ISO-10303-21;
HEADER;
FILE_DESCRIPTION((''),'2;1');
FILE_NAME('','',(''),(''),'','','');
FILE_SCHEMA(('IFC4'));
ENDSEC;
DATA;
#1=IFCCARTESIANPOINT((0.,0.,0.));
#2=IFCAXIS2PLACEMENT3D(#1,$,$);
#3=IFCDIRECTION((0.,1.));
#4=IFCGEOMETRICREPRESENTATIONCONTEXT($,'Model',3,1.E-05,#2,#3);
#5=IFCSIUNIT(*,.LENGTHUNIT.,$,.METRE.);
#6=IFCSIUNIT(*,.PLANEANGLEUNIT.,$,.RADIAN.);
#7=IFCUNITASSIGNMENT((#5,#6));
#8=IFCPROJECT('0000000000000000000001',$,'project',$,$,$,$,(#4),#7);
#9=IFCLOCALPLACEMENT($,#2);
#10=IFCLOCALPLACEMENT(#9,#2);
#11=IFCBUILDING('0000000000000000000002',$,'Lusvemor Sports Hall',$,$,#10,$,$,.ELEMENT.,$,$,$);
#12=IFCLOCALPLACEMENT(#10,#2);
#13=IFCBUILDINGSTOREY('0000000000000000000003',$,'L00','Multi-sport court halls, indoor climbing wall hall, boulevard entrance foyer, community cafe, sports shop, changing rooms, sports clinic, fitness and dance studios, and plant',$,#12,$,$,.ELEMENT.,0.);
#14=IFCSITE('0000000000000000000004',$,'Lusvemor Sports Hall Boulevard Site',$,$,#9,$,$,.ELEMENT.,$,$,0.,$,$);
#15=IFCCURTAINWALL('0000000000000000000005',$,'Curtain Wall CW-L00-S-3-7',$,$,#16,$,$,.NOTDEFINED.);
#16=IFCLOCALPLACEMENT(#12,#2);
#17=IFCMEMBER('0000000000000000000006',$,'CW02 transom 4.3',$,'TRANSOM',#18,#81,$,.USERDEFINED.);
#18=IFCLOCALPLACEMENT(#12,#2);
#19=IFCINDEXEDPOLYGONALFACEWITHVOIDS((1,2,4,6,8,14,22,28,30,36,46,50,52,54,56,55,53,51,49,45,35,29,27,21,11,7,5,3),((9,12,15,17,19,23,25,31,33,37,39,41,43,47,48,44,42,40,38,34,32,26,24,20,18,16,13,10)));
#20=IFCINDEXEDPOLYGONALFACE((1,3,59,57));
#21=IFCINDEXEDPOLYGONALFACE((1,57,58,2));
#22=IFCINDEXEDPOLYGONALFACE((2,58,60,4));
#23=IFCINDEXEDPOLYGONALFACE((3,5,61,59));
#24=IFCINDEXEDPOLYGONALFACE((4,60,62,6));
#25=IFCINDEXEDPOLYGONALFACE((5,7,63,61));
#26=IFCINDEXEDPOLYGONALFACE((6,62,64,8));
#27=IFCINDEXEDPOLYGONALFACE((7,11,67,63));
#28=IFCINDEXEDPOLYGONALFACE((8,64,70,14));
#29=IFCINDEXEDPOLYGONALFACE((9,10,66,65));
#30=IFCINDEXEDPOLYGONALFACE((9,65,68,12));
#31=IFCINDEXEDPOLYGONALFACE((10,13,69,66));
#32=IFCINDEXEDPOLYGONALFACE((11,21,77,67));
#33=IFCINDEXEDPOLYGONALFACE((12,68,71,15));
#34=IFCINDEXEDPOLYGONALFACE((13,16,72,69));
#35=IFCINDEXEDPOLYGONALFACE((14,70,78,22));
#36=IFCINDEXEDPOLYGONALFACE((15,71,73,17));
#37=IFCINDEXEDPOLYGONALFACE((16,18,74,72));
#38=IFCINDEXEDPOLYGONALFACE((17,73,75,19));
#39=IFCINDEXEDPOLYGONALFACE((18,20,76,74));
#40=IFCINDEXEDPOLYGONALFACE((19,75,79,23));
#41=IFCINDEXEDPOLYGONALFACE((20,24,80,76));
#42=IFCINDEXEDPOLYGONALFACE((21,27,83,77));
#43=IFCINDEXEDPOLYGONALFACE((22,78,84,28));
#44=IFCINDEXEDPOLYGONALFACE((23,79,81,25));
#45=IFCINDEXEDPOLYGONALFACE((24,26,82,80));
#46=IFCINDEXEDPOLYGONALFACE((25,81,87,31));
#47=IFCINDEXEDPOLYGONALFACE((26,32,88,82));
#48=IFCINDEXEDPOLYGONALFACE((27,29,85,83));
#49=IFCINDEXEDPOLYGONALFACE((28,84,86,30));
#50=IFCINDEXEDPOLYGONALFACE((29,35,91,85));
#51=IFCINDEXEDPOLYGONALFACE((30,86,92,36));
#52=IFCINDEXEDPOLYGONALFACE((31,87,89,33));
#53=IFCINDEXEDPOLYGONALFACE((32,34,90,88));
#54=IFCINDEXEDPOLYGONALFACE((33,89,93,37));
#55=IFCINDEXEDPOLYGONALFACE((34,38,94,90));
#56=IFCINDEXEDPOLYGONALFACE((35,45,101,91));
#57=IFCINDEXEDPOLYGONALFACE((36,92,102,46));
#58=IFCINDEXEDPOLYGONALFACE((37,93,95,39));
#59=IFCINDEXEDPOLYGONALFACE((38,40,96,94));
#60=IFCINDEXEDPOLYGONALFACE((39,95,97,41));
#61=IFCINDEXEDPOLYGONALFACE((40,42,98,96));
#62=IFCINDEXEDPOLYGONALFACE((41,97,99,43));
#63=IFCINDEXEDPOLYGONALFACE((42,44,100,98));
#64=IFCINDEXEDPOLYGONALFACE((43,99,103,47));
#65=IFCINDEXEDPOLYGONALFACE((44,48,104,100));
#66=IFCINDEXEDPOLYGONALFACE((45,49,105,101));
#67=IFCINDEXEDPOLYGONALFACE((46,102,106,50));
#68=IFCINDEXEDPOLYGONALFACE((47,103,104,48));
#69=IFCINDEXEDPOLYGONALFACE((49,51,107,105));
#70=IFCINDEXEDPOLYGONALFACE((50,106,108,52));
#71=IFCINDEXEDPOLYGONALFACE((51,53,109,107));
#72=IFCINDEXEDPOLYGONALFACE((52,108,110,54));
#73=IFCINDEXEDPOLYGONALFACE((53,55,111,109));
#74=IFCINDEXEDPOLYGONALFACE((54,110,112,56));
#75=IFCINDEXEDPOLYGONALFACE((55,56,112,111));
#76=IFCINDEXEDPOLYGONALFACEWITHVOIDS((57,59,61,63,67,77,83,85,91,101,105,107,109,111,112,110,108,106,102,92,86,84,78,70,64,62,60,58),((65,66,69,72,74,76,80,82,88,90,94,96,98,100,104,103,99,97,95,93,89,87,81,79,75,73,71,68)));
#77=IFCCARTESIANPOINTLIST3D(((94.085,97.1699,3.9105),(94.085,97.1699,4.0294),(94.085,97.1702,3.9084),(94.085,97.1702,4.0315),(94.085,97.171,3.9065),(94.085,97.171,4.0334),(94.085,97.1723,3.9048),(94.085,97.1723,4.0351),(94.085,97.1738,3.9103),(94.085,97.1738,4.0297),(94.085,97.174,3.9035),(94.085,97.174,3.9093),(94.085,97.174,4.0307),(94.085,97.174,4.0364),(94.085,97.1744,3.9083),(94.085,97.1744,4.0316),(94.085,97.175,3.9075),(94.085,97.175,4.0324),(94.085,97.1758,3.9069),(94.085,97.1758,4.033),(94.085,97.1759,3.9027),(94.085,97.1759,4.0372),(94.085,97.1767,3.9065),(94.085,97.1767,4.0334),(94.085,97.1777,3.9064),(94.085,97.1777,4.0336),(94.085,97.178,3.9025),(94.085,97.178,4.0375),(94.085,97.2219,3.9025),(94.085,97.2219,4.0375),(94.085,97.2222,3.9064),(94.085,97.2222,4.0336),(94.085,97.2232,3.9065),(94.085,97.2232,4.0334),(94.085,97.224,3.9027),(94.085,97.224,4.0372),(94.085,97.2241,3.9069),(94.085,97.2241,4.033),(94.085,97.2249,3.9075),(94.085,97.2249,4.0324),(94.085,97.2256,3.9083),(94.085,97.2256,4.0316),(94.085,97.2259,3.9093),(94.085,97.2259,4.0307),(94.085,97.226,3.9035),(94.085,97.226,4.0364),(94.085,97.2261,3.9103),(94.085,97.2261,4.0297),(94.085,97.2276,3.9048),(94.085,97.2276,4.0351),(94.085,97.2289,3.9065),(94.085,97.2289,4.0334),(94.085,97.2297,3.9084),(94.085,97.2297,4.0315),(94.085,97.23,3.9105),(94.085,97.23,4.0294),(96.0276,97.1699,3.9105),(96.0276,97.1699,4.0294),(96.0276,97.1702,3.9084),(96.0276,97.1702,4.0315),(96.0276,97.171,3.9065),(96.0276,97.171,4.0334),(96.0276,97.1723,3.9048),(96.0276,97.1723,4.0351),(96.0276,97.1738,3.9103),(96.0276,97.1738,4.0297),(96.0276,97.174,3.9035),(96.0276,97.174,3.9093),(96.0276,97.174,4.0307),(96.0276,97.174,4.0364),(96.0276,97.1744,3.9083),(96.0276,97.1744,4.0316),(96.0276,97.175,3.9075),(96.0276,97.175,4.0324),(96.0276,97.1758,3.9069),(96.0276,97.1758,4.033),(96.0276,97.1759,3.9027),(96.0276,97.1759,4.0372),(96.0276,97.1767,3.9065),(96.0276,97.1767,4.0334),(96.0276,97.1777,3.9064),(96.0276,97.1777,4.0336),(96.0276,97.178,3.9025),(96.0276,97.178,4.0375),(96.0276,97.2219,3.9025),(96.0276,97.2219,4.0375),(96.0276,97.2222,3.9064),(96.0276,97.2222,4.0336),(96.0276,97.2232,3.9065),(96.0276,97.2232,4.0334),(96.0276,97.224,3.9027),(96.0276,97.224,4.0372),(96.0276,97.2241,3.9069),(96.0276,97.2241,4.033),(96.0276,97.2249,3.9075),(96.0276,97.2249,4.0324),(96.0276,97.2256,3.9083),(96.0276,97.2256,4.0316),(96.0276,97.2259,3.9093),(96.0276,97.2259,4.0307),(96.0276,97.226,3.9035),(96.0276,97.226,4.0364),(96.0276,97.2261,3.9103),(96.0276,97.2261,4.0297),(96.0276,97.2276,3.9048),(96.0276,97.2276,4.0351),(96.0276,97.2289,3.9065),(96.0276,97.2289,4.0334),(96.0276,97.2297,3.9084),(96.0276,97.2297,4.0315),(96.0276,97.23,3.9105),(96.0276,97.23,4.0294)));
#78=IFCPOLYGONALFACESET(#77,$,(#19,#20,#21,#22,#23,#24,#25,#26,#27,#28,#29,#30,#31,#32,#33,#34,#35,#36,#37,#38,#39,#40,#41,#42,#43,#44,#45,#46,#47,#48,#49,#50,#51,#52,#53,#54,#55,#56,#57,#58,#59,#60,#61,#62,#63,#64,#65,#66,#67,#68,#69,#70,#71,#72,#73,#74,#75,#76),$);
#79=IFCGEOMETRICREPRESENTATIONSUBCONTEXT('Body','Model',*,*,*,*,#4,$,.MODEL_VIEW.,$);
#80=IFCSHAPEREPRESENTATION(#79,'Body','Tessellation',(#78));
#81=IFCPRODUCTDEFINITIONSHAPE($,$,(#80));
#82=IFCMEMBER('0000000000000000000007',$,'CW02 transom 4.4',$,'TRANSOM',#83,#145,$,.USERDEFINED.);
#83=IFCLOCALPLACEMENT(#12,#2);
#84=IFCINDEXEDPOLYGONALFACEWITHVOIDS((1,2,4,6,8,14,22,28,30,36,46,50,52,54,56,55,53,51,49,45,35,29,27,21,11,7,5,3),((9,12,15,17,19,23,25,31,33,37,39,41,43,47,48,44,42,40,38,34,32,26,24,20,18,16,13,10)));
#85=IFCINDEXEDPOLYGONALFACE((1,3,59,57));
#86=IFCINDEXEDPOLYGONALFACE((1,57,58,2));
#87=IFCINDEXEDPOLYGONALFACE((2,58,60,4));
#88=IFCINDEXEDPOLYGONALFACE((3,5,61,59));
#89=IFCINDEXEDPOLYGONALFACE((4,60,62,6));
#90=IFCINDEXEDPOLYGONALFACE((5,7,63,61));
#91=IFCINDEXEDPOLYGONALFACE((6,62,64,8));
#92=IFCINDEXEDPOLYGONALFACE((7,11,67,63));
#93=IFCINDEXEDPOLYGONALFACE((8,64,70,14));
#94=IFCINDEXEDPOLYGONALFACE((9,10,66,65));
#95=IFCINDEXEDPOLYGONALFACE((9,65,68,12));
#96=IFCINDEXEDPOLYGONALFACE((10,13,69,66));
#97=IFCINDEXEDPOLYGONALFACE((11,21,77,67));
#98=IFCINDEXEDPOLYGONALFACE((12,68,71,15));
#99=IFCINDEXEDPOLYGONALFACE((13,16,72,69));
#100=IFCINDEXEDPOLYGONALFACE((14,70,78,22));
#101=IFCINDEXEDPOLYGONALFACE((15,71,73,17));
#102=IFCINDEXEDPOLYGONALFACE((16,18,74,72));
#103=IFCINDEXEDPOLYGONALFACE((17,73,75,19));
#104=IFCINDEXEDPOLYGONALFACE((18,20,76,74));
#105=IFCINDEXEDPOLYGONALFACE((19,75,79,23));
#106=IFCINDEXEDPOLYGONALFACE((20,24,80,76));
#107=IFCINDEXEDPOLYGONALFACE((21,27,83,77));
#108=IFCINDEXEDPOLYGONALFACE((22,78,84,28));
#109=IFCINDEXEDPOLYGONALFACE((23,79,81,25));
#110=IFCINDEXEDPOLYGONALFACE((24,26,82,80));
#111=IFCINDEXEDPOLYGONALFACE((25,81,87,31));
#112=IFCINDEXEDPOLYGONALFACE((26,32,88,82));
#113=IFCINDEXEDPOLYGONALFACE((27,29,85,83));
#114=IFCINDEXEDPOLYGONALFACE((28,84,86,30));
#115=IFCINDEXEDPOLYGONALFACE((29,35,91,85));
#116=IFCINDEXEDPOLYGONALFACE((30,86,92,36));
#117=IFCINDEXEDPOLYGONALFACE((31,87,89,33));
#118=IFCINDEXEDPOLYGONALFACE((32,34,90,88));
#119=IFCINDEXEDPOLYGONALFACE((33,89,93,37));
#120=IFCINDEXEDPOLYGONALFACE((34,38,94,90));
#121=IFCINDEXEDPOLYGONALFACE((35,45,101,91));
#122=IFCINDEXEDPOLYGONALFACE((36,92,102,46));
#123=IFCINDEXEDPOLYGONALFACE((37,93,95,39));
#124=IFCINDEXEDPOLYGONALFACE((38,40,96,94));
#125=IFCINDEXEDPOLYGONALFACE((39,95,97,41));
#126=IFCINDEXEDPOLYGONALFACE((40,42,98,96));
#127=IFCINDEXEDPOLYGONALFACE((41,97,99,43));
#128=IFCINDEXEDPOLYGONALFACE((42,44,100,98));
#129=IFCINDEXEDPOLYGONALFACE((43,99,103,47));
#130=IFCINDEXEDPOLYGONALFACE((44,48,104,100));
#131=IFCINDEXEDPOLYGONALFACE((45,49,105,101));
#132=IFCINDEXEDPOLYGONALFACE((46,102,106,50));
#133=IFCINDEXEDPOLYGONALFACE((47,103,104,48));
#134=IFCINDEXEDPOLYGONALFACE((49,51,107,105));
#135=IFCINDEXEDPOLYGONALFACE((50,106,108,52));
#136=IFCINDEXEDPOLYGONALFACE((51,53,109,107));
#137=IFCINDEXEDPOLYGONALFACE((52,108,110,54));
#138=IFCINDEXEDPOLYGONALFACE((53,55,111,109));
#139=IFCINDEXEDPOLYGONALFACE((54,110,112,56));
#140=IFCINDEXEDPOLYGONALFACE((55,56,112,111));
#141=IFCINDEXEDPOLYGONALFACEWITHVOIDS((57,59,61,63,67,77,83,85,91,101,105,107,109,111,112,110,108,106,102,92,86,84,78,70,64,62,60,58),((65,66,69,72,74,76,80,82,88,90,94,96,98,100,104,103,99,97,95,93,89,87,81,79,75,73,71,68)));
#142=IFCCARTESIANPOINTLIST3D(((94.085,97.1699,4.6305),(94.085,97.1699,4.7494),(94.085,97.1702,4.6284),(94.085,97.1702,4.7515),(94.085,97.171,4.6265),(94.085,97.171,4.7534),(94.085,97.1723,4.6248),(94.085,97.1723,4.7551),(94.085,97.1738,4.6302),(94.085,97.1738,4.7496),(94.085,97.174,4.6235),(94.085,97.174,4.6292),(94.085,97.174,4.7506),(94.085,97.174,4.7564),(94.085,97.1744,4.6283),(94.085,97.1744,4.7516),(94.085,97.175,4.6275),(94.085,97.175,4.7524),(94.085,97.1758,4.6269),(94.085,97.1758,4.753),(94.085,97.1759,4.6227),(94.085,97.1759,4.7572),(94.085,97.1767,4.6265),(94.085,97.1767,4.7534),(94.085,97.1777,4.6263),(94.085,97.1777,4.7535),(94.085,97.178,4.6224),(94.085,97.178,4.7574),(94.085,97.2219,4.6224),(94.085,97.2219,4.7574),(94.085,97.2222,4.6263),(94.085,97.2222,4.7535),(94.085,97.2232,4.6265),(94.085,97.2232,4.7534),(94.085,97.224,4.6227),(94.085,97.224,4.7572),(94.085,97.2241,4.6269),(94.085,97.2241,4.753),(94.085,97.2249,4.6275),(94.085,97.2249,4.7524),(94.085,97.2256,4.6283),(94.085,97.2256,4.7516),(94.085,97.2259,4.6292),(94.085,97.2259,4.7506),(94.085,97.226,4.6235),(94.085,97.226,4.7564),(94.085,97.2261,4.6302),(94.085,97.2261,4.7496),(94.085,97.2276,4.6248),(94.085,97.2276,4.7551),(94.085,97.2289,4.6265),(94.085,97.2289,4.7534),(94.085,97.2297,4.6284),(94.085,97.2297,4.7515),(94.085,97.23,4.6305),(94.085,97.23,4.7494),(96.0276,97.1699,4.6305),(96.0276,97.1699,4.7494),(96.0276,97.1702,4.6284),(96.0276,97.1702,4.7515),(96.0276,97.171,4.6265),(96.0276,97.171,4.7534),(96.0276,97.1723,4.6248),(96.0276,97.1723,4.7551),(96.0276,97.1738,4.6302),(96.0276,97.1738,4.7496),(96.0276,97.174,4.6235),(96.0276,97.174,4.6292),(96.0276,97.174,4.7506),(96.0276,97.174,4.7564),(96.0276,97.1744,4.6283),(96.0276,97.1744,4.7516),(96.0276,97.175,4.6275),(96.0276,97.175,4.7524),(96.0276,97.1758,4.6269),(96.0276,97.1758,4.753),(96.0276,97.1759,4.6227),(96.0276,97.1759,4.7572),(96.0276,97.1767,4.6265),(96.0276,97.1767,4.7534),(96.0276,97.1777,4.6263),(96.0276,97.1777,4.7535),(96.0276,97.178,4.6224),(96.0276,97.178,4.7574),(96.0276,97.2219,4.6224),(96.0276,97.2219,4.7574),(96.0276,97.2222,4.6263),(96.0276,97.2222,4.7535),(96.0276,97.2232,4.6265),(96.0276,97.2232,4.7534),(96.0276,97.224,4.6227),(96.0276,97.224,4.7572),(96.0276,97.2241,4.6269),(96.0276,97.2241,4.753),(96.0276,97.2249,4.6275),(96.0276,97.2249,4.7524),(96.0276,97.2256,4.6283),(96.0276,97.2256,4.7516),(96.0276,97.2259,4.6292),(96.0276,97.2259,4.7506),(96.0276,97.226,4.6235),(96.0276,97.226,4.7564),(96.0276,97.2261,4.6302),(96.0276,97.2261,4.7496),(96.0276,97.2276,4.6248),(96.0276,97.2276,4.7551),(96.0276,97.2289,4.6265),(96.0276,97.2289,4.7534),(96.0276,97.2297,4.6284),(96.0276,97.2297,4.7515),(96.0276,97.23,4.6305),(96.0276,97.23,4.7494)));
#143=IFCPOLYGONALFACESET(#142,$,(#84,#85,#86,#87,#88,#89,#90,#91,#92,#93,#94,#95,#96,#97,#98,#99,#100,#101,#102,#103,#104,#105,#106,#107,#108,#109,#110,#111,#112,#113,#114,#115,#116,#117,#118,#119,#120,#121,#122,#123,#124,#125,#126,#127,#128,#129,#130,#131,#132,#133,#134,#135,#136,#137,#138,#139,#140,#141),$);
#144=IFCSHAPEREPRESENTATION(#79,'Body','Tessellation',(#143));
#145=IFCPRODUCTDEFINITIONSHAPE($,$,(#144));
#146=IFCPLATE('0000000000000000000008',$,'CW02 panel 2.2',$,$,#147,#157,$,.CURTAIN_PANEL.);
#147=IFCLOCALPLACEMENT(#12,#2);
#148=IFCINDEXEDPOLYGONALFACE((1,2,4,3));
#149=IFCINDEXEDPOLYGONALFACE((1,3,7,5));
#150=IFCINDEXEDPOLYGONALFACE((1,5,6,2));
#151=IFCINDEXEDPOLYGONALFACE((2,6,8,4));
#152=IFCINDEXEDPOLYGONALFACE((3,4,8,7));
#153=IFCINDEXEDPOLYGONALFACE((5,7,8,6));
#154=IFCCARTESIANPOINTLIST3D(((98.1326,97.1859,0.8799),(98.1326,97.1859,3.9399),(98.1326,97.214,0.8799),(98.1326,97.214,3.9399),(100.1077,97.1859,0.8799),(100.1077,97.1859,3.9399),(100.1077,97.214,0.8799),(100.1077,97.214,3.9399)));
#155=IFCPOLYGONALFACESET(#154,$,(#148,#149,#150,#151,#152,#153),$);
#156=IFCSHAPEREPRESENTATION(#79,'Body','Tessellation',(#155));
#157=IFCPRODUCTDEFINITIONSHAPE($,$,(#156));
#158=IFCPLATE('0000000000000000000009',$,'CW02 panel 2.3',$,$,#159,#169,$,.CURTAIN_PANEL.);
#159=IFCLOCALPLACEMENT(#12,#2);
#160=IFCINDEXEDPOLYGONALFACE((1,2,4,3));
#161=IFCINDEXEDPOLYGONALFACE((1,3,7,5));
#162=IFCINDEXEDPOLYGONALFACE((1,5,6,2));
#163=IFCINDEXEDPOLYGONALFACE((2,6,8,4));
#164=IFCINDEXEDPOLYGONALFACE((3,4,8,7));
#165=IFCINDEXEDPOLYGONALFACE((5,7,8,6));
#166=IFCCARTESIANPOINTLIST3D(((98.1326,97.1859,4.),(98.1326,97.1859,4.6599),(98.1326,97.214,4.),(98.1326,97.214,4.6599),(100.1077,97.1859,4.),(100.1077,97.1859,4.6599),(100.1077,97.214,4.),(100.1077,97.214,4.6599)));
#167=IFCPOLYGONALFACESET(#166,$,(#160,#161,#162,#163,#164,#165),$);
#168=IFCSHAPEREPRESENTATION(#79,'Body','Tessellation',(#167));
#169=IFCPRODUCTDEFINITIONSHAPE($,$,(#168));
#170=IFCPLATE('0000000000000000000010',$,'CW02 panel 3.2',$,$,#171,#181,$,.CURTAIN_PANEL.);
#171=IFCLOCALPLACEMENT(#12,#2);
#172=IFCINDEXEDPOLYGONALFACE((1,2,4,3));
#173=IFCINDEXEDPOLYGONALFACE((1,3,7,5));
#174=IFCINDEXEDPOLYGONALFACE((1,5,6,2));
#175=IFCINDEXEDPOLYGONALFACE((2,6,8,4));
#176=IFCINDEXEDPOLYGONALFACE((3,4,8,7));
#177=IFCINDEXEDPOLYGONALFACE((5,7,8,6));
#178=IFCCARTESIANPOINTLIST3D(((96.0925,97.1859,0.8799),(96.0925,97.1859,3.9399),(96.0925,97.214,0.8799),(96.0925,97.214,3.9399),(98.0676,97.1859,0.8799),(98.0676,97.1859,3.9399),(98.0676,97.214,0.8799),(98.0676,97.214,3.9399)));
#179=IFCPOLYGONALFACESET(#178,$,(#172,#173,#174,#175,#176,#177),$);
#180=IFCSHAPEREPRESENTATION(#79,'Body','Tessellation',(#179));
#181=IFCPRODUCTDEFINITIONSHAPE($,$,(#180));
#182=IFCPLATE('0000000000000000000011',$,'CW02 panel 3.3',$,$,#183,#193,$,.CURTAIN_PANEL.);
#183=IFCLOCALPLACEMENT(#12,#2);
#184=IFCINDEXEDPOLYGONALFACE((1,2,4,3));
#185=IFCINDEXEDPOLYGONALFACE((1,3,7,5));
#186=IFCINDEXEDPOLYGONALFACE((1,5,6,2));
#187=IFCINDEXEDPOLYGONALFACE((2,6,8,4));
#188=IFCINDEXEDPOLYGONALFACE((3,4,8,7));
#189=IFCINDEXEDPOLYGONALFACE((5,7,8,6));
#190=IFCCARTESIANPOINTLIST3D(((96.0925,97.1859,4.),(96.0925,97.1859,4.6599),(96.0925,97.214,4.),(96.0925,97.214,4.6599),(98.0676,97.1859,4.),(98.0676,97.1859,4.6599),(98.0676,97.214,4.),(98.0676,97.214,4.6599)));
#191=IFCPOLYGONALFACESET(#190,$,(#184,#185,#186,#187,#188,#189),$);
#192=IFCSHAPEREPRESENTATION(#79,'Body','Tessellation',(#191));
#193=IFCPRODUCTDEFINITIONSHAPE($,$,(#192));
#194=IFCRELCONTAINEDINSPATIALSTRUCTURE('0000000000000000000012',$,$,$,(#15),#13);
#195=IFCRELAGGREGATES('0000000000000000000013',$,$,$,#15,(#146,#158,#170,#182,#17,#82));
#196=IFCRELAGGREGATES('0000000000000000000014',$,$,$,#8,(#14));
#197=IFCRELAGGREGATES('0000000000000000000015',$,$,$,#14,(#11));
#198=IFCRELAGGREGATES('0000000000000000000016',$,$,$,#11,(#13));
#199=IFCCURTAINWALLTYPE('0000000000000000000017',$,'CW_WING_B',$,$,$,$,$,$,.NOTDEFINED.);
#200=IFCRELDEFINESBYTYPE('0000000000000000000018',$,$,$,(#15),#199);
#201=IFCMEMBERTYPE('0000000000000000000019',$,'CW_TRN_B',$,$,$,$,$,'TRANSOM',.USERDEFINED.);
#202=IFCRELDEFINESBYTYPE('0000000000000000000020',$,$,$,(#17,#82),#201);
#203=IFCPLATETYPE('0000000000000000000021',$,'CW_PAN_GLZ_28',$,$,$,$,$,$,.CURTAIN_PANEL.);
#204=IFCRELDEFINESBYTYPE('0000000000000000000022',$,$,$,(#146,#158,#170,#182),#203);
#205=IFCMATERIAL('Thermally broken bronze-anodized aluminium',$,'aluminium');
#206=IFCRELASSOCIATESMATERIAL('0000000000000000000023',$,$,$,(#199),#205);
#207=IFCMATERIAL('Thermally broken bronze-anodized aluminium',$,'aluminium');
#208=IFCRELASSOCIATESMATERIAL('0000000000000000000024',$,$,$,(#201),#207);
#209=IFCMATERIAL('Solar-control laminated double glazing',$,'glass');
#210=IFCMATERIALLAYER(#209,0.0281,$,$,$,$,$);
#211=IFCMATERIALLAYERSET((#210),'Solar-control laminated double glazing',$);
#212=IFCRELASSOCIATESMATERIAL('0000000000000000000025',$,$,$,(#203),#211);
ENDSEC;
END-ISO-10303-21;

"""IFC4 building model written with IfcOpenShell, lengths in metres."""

from ifc_helpers import new_model, si_unit, direction, frame, origin, origin_2d, place, context, subcontext, project, spatial, rectangle, hollow_rectangle, extrude, material, layer, layer_set, material_profile, profile_set, type_object, element, aggregate, save


model = new_model("IFC4")

# Units and contexts
model_context = context("Model", 3, precision=1e-05, world=origin(), true_north=direction((0.0, 1.0)))
body_context = subcontext(model_context, "Body", "Model", "MODEL_VIEW")
ifc_project = project(units=[si_unit("LENGTHUNIT", "METRE"), si_unit("PLANEANGLEUNIT", "RADIAN")], contexts=[model_context])

# Site, building, storey
site_placement = place(None, origin())
site = spatial("IfcSite", under=ifc_project, at=site_placement, Name="Lusvemor Sports Hall Boulevard Site", CompositionType="ELEMENT", RefElevation=0.0)
building_placement = place(site_placement, origin())
building = spatial("IfcBuilding", under=site, at=building_placement, Name="Lusvemor Sports Hall", CompositionType="ELEMENT")
storey_placement = place(building_placement, origin())
storey = spatial("IfcBuildingStorey", under=building, at=storey_placement, Name="L00", Description="Multi-sport court halls, indoor climbing wall hall, boulevard entrance foyer, community cafe, sports shop, changing rooms, sports clinic, fitness and dance studios, and plant", CompositionType="ELEMENT", Elevation=0.0)

# Curtain wall, members, plates
ifc_material_1 = material(Name="Thermally broken bronze-anodized aluminium", Category="aluminium")
curtain_wall_type = type_object("IfcCurtainWallType", Name="CW_WING_B", PredefinedType="NOTDEFINED", material=ifc_material_1)
curtain_wall_placement = place(storey_placement, origin())
curtain_wall = element("IfcCurtainWall", 1, at=curtain_wall_placement, inside=storey, type_object=curtain_wall_type, Name="Curtain Wall CW-L00-S-3-7", PredefinedType="NOTDEFINED")
ifc_material_2 = material(Name="Thermally broken bronze-anodized aluminium", Category="aluminium")
ifc_material_profile_1 = material_profile(ifc_material_2, hollow_rectangle(XDim=0.0601, YDim=0.135, WallThickness=0.0039, InnerFilletRadius=0.0039, OuterFilletRadius=0.0081, at=origin_2d()), Name="CWTRN135x60x4")
ifc_profile_set_1 = profile_set([ifc_material_profile_1], Name="Thermally broken bronze-anodized aluminium")
member_type_1 = type_object("IfcMemberType", Name="CW_TRN_B", ElementType="TRANSOM", PredefinedType="USERDEFINED", material=ifc_profile_set_1)
member_1_placement = place(storey_placement, frame((96.0276, 97.2, 3.97), z_axis=(-1.0, 0.0, 0.0), x_axis=(0.0, -1.0, 0.0)))
member_1 = element("IfcMember", 2, at=member_1_placement, type_object=member_type_1, Name="CW02 transom 4.3", ObjectType="TRANSOM", PredefinedType="USERDEFINED", context=body_context, shape_type="SweptSolid", body=[
    extrude(hollow_rectangle(XDim=0.0601, YDim=0.135, WallThickness=0.0039, InnerFilletRadius=0.0039, OuterFilletRadius=0.0081, at=origin_2d()), origin(), (0.0, 0.0, 1.0), 1.9426),
])
member_2_placement = place(storey_placement, frame((96.0276, 97.2, 4.6899), z_axis=(-1.0, 0.0, 0.0), x_axis=(0.0, -1.0, 0.0)))
member_2 = element("IfcMember", 3, at=member_2_placement, type_object=member_type_1, Name="CW02 transom 4.4", ObjectType="TRANSOM", PredefinedType="USERDEFINED", context=body_context, shape_type="SweptSolid", body=[
    extrude(hollow_rectangle(XDim=0.0601, YDim=0.135, WallThickness=0.0039, InnerFilletRadius=0.0039, OuterFilletRadius=0.0081, at=origin_2d()), origin(), (0.0, 0.0, 1.0), 1.9426),
])
ifc_material_3 = material(Name="Solar-control laminated double glazing", Category="glass")
ifc_layer_1 = layer(ifc_material_3, 0.0281)
ifc_layer_set_1 = layer_set([ifc_layer_1], Name="Solar-control laminated double glazing")
plate_type_1 = type_object("IfcPlateType", Name="CW_PAN_GLZ_28", PredefinedType="CURTAIN_PANEL", material=ifc_layer_set_1)
plate_1_placement = place(storey_placement, frame((99.1201, 97.2, 0.8799), z_axis=(0.0, 0.0, 1.0), x_axis=(-1.0, 0.0, 0.0)))
plate_1 = element("IfcPlate", 4, at=plate_1_placement, type_object=plate_type_1, Name="CW02 panel 2.2", PredefinedType="CURTAIN_PANEL", context=body_context, shape_type="SweptSolid", body=[
    extrude(rectangle(XDim=1.9751, YDim=0.0281, at=origin_2d()), origin(), (0.0, 0.0, 1.0), 3.0601),
])
plate_2_placement = place(storey_placement, frame((99.1201, 97.2, 4.0), z_axis=(0.0, 0.0, 1.0), x_axis=(-1.0, 0.0, 0.0)))
plate_2 = element("IfcPlate", 5, at=plate_2_placement, type_object=plate_type_1, Name="CW02 panel 2.3", PredefinedType="CURTAIN_PANEL", context=body_context, shape_type="SweptSolid", body=[
    extrude(rectangle(XDim=1.9751, YDim=0.0281, at=origin_2d()), origin(), (0.0, 0.0, 1.0), 0.6599),
])
plate_3_placement = place(storey_placement, frame((97.0801, 97.2, 0.8799), z_axis=(0.0, 0.0, 1.0), x_axis=(-1.0, 0.0, 0.0)))
plate_3 = element("IfcPlate", 6, at=plate_3_placement, type_object=plate_type_1, Name="CW02 panel 3.2", PredefinedType="CURTAIN_PANEL", context=body_context, shape_type="SweptSolid", body=[
    extrude(rectangle(XDim=1.9751, YDim=0.0281, at=origin_2d()), origin(), (0.0, 0.0, 1.0), 3.0601),
])
plate_4_placement = place(storey_placement, frame((97.0801, 97.2, 4.0), z_axis=(0.0, 0.0, 1.0), x_axis=(-1.0, 0.0, 0.0)))
plate_4 = element("IfcPlate", 7, at=plate_4_placement, type_object=plate_type_1, Name="CW02 panel 3.3", PredefinedType="CURTAIN_PANEL", context=body_context, shape_type="SweptSolid", body=[
    extrude(rectangle(XDim=1.9751, YDim=0.0281, at=origin_2d()), origin(), (0.0, 0.0, 1.0), 0.6599),
])
aggregate(curtain_wall, [plate_1, plate_2, plate_3, plate_4, member_1, member_2])

save(model, "model.ifc")
